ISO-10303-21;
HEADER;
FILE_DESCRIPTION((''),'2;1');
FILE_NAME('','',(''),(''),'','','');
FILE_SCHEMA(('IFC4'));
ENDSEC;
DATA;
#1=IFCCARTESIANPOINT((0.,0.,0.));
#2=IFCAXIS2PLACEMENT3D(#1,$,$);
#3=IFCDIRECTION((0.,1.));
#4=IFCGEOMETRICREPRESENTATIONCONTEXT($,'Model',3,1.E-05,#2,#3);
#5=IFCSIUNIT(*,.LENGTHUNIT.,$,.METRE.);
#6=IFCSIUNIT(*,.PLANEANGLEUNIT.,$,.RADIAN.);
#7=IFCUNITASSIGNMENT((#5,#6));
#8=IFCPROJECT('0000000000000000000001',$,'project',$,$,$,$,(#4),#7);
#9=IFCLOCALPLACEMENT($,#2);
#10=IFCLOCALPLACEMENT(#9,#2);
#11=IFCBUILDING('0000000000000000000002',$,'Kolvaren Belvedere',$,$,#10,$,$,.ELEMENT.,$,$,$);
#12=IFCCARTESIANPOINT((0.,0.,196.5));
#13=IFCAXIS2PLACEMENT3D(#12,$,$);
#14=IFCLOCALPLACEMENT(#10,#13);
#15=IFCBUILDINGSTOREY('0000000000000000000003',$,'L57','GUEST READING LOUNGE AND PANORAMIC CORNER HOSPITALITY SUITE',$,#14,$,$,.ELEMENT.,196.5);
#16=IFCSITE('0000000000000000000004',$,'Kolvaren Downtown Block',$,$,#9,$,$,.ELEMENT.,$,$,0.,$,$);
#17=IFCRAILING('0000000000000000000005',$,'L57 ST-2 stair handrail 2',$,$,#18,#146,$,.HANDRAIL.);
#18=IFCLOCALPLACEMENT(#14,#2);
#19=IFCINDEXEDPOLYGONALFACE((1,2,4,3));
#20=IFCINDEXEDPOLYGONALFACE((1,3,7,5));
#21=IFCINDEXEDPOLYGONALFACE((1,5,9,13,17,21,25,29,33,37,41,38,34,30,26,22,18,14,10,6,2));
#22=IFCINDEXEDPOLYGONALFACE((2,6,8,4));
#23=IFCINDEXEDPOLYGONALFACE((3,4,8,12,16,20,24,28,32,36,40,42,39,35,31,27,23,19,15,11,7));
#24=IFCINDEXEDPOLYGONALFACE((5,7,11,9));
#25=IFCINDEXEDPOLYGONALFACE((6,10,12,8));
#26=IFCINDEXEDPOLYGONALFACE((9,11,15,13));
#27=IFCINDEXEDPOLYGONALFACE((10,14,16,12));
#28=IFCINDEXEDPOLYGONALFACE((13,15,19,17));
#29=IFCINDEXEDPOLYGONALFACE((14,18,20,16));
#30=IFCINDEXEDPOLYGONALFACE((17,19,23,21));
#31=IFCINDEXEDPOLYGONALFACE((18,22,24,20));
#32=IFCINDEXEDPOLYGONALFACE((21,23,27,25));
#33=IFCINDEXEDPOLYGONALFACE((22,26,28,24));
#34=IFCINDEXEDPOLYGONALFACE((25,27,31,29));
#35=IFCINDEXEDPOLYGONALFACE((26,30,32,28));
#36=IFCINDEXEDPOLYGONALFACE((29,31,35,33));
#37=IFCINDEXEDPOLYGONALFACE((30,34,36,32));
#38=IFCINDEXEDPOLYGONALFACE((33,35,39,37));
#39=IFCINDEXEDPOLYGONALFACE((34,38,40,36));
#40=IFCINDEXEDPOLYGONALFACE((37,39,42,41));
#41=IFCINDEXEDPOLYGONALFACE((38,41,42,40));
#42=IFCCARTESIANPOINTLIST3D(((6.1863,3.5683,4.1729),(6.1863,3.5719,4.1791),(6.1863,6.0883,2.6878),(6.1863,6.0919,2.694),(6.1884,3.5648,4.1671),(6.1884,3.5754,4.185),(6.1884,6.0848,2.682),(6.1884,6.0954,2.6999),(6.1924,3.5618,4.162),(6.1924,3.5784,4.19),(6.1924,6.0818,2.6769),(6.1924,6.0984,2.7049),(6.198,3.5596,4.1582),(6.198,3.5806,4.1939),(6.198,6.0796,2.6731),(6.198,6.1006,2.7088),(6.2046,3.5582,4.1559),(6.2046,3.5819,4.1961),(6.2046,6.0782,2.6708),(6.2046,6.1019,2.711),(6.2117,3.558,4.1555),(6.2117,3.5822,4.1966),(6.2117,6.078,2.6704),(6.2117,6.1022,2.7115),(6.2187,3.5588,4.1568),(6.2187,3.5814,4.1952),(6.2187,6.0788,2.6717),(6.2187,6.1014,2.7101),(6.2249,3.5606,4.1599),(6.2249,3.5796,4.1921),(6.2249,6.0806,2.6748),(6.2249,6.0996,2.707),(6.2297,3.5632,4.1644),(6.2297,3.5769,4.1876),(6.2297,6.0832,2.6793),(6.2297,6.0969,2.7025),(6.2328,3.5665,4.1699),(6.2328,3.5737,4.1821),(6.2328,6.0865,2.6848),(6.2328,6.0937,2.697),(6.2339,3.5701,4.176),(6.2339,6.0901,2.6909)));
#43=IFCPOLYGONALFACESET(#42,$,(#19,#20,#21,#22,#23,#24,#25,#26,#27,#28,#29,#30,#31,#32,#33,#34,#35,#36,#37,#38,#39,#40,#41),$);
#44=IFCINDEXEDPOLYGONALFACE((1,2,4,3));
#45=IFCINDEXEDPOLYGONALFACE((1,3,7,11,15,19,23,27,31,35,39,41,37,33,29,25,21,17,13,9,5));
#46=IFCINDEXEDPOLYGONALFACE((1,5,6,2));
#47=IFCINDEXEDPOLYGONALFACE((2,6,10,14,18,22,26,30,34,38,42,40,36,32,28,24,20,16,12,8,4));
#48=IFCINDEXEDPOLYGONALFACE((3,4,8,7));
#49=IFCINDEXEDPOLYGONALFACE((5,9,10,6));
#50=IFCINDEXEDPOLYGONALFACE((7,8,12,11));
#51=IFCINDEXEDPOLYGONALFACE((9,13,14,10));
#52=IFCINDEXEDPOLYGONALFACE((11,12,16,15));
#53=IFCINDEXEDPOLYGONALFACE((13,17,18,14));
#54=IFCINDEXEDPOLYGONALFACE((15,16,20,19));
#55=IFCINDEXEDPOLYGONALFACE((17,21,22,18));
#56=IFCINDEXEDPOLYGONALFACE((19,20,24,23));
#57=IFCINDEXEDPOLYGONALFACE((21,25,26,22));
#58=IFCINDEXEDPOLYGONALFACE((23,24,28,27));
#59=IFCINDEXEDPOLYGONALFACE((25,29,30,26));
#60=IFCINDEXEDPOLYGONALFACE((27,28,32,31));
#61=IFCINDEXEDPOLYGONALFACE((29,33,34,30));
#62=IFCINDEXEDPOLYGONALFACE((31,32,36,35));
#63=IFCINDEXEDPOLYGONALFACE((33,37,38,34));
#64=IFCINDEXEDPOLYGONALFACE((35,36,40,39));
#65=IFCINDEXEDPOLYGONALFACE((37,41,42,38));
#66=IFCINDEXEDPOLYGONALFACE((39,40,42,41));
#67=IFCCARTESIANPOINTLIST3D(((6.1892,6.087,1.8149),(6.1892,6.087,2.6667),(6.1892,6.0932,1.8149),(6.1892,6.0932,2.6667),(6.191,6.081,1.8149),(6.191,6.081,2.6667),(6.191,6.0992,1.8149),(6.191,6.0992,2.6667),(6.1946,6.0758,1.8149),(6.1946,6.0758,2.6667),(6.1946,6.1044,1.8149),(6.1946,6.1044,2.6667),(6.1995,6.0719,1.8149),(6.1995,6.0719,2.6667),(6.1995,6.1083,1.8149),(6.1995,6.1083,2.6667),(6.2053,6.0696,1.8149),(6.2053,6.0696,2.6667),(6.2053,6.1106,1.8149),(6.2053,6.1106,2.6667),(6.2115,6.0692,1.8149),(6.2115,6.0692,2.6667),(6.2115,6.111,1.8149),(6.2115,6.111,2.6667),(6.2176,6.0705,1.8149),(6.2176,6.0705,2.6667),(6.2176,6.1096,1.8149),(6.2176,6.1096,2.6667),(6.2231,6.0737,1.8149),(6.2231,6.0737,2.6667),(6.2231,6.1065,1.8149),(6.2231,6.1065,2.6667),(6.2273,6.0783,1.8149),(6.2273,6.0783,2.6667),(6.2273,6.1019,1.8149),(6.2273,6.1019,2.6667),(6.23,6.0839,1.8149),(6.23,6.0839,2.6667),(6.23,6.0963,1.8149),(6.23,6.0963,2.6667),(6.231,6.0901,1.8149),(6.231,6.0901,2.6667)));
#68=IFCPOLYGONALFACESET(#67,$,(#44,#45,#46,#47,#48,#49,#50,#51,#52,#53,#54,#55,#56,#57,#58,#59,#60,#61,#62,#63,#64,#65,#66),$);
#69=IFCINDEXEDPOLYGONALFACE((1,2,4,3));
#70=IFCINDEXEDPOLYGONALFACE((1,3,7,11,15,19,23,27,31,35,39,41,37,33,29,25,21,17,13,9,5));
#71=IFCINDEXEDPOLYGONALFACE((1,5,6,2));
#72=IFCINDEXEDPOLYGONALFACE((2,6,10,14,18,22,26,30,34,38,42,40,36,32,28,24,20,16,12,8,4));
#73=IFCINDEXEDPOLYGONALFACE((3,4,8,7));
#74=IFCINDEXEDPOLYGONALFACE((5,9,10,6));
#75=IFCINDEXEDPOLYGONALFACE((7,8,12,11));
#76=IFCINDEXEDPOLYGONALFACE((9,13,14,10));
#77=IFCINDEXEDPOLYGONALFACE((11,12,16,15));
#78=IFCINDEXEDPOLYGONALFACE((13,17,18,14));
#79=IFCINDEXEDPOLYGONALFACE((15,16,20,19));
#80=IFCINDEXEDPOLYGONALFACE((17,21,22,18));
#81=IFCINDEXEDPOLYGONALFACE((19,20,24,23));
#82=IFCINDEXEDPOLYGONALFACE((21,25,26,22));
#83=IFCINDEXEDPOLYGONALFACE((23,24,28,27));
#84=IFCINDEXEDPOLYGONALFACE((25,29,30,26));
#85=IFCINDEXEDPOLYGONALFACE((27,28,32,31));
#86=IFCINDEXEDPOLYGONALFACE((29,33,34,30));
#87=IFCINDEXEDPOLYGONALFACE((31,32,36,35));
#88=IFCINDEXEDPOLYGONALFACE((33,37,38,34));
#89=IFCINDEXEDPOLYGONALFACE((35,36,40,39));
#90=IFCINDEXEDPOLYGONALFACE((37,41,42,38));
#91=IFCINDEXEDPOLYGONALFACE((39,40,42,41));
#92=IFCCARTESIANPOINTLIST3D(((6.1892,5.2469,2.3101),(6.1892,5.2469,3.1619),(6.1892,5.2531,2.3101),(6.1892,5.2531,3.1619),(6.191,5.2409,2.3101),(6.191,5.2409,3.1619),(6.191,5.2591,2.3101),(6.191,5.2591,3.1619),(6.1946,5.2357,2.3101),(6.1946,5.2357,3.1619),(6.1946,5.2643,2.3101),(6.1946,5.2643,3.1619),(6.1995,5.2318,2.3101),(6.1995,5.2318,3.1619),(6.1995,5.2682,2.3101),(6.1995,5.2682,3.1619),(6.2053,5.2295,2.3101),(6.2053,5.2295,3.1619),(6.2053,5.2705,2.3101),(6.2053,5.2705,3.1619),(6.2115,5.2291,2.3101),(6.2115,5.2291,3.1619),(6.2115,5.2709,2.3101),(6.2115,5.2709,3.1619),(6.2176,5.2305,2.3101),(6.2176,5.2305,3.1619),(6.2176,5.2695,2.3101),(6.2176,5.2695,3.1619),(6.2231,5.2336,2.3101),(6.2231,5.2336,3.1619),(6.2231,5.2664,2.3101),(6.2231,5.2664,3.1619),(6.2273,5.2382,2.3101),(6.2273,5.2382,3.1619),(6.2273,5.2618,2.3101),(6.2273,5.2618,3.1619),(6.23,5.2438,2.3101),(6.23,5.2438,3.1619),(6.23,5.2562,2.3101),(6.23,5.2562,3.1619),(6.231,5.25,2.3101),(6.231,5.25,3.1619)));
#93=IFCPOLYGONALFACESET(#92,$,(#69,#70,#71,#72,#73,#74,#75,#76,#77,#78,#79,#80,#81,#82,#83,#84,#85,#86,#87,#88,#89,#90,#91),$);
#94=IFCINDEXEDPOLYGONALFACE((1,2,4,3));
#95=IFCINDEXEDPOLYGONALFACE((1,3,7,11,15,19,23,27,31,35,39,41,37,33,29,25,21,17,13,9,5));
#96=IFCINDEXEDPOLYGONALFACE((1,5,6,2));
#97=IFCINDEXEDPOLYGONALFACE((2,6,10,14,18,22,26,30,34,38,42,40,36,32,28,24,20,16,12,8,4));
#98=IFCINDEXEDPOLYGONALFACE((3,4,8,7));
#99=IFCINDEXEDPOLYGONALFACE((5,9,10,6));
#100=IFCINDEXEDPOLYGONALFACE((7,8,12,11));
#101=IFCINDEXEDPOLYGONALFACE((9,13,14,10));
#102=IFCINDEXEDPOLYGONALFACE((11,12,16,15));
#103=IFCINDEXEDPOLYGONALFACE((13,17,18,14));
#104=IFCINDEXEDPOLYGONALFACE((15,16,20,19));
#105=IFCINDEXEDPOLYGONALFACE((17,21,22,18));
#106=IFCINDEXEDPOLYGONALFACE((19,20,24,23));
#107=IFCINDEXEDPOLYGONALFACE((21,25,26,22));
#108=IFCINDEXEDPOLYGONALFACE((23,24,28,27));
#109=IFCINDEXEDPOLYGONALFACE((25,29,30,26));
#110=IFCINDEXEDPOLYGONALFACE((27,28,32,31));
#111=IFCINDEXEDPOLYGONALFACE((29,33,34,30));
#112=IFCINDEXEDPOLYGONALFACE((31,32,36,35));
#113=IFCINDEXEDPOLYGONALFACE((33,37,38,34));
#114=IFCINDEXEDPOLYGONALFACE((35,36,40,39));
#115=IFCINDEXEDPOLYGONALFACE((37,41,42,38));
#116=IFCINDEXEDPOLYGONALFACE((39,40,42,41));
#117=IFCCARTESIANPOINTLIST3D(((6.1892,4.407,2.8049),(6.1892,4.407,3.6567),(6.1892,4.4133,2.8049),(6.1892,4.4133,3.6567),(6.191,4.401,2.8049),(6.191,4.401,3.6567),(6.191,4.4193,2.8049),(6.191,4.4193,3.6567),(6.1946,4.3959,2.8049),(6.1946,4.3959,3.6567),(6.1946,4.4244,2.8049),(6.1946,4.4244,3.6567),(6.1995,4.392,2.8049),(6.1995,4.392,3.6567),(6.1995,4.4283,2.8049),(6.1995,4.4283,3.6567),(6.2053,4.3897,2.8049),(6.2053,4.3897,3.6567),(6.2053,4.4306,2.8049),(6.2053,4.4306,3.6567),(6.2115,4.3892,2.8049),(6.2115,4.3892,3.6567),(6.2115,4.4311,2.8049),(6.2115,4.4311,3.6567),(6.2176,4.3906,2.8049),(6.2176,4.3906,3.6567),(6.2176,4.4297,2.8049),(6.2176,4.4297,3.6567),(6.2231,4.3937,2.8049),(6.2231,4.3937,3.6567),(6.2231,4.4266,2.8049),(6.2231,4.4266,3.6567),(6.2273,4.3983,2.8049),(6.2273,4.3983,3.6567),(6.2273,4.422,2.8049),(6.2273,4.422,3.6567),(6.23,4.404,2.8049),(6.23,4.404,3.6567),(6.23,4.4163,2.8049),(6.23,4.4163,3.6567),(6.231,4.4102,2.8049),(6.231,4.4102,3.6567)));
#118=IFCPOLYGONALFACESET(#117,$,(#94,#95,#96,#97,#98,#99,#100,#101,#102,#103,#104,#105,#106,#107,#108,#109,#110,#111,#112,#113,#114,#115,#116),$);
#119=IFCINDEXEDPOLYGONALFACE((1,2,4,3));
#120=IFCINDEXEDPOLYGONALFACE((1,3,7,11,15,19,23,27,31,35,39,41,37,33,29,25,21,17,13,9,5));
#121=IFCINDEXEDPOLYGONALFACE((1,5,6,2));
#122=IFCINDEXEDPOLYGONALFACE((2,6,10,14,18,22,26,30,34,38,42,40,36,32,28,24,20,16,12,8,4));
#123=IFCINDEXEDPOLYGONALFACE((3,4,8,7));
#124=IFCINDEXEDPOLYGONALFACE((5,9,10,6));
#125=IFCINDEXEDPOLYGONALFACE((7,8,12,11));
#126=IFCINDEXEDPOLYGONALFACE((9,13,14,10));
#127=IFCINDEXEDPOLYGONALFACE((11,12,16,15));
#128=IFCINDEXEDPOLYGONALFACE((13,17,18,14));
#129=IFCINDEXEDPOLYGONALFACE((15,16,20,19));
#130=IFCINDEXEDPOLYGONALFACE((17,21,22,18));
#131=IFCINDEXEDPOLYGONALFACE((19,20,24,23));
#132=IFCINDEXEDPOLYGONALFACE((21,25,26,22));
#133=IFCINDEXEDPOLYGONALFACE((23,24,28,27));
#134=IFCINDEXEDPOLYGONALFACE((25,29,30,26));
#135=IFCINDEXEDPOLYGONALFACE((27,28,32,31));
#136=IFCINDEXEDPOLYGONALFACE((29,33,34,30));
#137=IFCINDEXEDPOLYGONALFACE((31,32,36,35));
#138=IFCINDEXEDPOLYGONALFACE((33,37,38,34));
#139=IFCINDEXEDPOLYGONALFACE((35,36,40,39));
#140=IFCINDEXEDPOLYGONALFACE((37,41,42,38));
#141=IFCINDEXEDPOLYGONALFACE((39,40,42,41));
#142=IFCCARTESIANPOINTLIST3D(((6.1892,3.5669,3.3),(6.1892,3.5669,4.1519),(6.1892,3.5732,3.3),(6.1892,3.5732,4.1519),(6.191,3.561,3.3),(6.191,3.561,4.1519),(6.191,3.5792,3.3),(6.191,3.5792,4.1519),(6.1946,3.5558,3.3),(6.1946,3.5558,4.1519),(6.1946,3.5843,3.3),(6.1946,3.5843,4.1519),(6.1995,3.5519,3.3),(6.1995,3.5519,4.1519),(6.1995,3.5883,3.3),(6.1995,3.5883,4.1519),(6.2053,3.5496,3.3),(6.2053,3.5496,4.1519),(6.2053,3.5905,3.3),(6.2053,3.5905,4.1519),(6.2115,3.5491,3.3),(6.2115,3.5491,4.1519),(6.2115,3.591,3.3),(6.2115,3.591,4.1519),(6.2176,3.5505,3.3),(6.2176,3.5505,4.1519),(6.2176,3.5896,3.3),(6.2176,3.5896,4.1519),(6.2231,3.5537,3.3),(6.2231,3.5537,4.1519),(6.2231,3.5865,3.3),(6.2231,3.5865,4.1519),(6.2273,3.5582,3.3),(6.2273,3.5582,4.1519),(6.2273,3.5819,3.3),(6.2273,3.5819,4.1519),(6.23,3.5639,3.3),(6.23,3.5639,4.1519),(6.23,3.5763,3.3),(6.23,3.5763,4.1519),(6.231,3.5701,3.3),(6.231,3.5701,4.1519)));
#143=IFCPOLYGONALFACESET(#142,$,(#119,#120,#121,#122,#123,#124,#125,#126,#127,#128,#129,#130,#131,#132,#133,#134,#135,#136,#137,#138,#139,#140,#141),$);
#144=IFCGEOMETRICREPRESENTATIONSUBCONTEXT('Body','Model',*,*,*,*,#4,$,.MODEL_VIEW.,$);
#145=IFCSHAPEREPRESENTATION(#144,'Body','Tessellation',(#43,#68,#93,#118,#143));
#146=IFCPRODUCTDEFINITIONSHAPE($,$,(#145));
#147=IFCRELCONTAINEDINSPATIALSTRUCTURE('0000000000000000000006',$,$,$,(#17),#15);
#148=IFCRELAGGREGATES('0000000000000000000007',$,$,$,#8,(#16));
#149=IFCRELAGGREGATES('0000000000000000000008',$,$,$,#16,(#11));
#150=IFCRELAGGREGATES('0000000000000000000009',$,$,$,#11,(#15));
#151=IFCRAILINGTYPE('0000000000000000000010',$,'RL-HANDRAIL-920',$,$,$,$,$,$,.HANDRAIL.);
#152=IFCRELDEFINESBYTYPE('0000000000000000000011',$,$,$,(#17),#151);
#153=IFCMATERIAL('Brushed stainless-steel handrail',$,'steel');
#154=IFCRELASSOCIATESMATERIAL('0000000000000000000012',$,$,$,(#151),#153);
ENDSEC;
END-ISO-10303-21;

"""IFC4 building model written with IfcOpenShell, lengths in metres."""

from ifc_helpers import new_model, si_unit, direction, frame, origin, origin_2d, place, context, subcontext, project, spatial, circle, extrude, material, type_object, element, save


model = new_model("IFC4")

# Units and contexts
model_context = context("Model", 3, precision=1e-05, world=origin(), true_north=direction((0.0, 1.0)))
body_context = subcontext(model_context, "Body", "Model", "MODEL_VIEW")
ifc_project = project(units=[si_unit("LENGTHUNIT", "METRE"), si_unit("PLANEANGLEUNIT", "RADIAN")], contexts=[model_context])

# Site, building, storey
site_placement = place(None, origin())
site = spatial("IfcSite", under=ifc_project, at=site_placement, Name="Kolvaren Downtown Block", CompositionType="ELEMENT", RefElevation=0.0)
building_placement = place(site_placement, origin())
building = spatial("IfcBuilding", under=site, at=building_placement, Name="Kolvaren Belvedere", CompositionType="ELEMENT")
storey_placement = place(building_placement, frame((0.0, 0.0, 196.5)))
storey = spatial("IfcBuildingStorey", under=building, at=storey_placement, Name="L57", Description="GUEST READING LOUNGE AND PANORAMIC CORNER HOSPITALITY SUITE", CompositionType="ELEMENT", Elevation=196.5)

# Railing
ifc_material_1 = material(Name="Brushed stainless-steel handrail", Category="steel")
railing_type_1 = type_object("IfcRailingType", Name="RL-HANDRAIL-920", PredefinedType="HANDRAIL", material=ifc_material_1)
railing_1_placement = place(storey_placement, frame((6.21, 6.0901, 1.8149)))
element("IfcRailing", 1, at=railing_1_placement, inside=storey, type_object=railing_type_1, Name="L57 ST-2 stair handrail 2", PredefinedType="HANDRAIL", context=body_context, shape_type="SweptSolid", body=[
    extrude(circle(Radius=0.0239, at=origin_2d()), frame((0.0, 0.0, 0.876), z_axis=(0.0, -0.861524, 0.507717), x_axis=(1.0, 0.0, 0.0)), (0.0, 0.0, 1.0), 2.925),
    extrude(circle(Radius=0.021, at=origin_2d()), origin(), (0.0, 0.0, 1.0), 0.8518),
    extrude(circle(Radius=0.021, at=origin_2d()), frame((0.0, -0.8401, 0.4951)), (0.0, 0.0, 1.0), 0.8518),
    extrude(circle(Radius=0.021, at=origin_2d()), frame((0.0, -1.6799, 0.99)), (0.0, 0.0, 1.0), 0.8518),
    extrude(circle(Radius=0.021, at=origin_2d()), frame((0.0, -2.52, 1.4851)), (0.0, 0.0, 1.0), 0.8518),
])

save(model, "model.ifc")
